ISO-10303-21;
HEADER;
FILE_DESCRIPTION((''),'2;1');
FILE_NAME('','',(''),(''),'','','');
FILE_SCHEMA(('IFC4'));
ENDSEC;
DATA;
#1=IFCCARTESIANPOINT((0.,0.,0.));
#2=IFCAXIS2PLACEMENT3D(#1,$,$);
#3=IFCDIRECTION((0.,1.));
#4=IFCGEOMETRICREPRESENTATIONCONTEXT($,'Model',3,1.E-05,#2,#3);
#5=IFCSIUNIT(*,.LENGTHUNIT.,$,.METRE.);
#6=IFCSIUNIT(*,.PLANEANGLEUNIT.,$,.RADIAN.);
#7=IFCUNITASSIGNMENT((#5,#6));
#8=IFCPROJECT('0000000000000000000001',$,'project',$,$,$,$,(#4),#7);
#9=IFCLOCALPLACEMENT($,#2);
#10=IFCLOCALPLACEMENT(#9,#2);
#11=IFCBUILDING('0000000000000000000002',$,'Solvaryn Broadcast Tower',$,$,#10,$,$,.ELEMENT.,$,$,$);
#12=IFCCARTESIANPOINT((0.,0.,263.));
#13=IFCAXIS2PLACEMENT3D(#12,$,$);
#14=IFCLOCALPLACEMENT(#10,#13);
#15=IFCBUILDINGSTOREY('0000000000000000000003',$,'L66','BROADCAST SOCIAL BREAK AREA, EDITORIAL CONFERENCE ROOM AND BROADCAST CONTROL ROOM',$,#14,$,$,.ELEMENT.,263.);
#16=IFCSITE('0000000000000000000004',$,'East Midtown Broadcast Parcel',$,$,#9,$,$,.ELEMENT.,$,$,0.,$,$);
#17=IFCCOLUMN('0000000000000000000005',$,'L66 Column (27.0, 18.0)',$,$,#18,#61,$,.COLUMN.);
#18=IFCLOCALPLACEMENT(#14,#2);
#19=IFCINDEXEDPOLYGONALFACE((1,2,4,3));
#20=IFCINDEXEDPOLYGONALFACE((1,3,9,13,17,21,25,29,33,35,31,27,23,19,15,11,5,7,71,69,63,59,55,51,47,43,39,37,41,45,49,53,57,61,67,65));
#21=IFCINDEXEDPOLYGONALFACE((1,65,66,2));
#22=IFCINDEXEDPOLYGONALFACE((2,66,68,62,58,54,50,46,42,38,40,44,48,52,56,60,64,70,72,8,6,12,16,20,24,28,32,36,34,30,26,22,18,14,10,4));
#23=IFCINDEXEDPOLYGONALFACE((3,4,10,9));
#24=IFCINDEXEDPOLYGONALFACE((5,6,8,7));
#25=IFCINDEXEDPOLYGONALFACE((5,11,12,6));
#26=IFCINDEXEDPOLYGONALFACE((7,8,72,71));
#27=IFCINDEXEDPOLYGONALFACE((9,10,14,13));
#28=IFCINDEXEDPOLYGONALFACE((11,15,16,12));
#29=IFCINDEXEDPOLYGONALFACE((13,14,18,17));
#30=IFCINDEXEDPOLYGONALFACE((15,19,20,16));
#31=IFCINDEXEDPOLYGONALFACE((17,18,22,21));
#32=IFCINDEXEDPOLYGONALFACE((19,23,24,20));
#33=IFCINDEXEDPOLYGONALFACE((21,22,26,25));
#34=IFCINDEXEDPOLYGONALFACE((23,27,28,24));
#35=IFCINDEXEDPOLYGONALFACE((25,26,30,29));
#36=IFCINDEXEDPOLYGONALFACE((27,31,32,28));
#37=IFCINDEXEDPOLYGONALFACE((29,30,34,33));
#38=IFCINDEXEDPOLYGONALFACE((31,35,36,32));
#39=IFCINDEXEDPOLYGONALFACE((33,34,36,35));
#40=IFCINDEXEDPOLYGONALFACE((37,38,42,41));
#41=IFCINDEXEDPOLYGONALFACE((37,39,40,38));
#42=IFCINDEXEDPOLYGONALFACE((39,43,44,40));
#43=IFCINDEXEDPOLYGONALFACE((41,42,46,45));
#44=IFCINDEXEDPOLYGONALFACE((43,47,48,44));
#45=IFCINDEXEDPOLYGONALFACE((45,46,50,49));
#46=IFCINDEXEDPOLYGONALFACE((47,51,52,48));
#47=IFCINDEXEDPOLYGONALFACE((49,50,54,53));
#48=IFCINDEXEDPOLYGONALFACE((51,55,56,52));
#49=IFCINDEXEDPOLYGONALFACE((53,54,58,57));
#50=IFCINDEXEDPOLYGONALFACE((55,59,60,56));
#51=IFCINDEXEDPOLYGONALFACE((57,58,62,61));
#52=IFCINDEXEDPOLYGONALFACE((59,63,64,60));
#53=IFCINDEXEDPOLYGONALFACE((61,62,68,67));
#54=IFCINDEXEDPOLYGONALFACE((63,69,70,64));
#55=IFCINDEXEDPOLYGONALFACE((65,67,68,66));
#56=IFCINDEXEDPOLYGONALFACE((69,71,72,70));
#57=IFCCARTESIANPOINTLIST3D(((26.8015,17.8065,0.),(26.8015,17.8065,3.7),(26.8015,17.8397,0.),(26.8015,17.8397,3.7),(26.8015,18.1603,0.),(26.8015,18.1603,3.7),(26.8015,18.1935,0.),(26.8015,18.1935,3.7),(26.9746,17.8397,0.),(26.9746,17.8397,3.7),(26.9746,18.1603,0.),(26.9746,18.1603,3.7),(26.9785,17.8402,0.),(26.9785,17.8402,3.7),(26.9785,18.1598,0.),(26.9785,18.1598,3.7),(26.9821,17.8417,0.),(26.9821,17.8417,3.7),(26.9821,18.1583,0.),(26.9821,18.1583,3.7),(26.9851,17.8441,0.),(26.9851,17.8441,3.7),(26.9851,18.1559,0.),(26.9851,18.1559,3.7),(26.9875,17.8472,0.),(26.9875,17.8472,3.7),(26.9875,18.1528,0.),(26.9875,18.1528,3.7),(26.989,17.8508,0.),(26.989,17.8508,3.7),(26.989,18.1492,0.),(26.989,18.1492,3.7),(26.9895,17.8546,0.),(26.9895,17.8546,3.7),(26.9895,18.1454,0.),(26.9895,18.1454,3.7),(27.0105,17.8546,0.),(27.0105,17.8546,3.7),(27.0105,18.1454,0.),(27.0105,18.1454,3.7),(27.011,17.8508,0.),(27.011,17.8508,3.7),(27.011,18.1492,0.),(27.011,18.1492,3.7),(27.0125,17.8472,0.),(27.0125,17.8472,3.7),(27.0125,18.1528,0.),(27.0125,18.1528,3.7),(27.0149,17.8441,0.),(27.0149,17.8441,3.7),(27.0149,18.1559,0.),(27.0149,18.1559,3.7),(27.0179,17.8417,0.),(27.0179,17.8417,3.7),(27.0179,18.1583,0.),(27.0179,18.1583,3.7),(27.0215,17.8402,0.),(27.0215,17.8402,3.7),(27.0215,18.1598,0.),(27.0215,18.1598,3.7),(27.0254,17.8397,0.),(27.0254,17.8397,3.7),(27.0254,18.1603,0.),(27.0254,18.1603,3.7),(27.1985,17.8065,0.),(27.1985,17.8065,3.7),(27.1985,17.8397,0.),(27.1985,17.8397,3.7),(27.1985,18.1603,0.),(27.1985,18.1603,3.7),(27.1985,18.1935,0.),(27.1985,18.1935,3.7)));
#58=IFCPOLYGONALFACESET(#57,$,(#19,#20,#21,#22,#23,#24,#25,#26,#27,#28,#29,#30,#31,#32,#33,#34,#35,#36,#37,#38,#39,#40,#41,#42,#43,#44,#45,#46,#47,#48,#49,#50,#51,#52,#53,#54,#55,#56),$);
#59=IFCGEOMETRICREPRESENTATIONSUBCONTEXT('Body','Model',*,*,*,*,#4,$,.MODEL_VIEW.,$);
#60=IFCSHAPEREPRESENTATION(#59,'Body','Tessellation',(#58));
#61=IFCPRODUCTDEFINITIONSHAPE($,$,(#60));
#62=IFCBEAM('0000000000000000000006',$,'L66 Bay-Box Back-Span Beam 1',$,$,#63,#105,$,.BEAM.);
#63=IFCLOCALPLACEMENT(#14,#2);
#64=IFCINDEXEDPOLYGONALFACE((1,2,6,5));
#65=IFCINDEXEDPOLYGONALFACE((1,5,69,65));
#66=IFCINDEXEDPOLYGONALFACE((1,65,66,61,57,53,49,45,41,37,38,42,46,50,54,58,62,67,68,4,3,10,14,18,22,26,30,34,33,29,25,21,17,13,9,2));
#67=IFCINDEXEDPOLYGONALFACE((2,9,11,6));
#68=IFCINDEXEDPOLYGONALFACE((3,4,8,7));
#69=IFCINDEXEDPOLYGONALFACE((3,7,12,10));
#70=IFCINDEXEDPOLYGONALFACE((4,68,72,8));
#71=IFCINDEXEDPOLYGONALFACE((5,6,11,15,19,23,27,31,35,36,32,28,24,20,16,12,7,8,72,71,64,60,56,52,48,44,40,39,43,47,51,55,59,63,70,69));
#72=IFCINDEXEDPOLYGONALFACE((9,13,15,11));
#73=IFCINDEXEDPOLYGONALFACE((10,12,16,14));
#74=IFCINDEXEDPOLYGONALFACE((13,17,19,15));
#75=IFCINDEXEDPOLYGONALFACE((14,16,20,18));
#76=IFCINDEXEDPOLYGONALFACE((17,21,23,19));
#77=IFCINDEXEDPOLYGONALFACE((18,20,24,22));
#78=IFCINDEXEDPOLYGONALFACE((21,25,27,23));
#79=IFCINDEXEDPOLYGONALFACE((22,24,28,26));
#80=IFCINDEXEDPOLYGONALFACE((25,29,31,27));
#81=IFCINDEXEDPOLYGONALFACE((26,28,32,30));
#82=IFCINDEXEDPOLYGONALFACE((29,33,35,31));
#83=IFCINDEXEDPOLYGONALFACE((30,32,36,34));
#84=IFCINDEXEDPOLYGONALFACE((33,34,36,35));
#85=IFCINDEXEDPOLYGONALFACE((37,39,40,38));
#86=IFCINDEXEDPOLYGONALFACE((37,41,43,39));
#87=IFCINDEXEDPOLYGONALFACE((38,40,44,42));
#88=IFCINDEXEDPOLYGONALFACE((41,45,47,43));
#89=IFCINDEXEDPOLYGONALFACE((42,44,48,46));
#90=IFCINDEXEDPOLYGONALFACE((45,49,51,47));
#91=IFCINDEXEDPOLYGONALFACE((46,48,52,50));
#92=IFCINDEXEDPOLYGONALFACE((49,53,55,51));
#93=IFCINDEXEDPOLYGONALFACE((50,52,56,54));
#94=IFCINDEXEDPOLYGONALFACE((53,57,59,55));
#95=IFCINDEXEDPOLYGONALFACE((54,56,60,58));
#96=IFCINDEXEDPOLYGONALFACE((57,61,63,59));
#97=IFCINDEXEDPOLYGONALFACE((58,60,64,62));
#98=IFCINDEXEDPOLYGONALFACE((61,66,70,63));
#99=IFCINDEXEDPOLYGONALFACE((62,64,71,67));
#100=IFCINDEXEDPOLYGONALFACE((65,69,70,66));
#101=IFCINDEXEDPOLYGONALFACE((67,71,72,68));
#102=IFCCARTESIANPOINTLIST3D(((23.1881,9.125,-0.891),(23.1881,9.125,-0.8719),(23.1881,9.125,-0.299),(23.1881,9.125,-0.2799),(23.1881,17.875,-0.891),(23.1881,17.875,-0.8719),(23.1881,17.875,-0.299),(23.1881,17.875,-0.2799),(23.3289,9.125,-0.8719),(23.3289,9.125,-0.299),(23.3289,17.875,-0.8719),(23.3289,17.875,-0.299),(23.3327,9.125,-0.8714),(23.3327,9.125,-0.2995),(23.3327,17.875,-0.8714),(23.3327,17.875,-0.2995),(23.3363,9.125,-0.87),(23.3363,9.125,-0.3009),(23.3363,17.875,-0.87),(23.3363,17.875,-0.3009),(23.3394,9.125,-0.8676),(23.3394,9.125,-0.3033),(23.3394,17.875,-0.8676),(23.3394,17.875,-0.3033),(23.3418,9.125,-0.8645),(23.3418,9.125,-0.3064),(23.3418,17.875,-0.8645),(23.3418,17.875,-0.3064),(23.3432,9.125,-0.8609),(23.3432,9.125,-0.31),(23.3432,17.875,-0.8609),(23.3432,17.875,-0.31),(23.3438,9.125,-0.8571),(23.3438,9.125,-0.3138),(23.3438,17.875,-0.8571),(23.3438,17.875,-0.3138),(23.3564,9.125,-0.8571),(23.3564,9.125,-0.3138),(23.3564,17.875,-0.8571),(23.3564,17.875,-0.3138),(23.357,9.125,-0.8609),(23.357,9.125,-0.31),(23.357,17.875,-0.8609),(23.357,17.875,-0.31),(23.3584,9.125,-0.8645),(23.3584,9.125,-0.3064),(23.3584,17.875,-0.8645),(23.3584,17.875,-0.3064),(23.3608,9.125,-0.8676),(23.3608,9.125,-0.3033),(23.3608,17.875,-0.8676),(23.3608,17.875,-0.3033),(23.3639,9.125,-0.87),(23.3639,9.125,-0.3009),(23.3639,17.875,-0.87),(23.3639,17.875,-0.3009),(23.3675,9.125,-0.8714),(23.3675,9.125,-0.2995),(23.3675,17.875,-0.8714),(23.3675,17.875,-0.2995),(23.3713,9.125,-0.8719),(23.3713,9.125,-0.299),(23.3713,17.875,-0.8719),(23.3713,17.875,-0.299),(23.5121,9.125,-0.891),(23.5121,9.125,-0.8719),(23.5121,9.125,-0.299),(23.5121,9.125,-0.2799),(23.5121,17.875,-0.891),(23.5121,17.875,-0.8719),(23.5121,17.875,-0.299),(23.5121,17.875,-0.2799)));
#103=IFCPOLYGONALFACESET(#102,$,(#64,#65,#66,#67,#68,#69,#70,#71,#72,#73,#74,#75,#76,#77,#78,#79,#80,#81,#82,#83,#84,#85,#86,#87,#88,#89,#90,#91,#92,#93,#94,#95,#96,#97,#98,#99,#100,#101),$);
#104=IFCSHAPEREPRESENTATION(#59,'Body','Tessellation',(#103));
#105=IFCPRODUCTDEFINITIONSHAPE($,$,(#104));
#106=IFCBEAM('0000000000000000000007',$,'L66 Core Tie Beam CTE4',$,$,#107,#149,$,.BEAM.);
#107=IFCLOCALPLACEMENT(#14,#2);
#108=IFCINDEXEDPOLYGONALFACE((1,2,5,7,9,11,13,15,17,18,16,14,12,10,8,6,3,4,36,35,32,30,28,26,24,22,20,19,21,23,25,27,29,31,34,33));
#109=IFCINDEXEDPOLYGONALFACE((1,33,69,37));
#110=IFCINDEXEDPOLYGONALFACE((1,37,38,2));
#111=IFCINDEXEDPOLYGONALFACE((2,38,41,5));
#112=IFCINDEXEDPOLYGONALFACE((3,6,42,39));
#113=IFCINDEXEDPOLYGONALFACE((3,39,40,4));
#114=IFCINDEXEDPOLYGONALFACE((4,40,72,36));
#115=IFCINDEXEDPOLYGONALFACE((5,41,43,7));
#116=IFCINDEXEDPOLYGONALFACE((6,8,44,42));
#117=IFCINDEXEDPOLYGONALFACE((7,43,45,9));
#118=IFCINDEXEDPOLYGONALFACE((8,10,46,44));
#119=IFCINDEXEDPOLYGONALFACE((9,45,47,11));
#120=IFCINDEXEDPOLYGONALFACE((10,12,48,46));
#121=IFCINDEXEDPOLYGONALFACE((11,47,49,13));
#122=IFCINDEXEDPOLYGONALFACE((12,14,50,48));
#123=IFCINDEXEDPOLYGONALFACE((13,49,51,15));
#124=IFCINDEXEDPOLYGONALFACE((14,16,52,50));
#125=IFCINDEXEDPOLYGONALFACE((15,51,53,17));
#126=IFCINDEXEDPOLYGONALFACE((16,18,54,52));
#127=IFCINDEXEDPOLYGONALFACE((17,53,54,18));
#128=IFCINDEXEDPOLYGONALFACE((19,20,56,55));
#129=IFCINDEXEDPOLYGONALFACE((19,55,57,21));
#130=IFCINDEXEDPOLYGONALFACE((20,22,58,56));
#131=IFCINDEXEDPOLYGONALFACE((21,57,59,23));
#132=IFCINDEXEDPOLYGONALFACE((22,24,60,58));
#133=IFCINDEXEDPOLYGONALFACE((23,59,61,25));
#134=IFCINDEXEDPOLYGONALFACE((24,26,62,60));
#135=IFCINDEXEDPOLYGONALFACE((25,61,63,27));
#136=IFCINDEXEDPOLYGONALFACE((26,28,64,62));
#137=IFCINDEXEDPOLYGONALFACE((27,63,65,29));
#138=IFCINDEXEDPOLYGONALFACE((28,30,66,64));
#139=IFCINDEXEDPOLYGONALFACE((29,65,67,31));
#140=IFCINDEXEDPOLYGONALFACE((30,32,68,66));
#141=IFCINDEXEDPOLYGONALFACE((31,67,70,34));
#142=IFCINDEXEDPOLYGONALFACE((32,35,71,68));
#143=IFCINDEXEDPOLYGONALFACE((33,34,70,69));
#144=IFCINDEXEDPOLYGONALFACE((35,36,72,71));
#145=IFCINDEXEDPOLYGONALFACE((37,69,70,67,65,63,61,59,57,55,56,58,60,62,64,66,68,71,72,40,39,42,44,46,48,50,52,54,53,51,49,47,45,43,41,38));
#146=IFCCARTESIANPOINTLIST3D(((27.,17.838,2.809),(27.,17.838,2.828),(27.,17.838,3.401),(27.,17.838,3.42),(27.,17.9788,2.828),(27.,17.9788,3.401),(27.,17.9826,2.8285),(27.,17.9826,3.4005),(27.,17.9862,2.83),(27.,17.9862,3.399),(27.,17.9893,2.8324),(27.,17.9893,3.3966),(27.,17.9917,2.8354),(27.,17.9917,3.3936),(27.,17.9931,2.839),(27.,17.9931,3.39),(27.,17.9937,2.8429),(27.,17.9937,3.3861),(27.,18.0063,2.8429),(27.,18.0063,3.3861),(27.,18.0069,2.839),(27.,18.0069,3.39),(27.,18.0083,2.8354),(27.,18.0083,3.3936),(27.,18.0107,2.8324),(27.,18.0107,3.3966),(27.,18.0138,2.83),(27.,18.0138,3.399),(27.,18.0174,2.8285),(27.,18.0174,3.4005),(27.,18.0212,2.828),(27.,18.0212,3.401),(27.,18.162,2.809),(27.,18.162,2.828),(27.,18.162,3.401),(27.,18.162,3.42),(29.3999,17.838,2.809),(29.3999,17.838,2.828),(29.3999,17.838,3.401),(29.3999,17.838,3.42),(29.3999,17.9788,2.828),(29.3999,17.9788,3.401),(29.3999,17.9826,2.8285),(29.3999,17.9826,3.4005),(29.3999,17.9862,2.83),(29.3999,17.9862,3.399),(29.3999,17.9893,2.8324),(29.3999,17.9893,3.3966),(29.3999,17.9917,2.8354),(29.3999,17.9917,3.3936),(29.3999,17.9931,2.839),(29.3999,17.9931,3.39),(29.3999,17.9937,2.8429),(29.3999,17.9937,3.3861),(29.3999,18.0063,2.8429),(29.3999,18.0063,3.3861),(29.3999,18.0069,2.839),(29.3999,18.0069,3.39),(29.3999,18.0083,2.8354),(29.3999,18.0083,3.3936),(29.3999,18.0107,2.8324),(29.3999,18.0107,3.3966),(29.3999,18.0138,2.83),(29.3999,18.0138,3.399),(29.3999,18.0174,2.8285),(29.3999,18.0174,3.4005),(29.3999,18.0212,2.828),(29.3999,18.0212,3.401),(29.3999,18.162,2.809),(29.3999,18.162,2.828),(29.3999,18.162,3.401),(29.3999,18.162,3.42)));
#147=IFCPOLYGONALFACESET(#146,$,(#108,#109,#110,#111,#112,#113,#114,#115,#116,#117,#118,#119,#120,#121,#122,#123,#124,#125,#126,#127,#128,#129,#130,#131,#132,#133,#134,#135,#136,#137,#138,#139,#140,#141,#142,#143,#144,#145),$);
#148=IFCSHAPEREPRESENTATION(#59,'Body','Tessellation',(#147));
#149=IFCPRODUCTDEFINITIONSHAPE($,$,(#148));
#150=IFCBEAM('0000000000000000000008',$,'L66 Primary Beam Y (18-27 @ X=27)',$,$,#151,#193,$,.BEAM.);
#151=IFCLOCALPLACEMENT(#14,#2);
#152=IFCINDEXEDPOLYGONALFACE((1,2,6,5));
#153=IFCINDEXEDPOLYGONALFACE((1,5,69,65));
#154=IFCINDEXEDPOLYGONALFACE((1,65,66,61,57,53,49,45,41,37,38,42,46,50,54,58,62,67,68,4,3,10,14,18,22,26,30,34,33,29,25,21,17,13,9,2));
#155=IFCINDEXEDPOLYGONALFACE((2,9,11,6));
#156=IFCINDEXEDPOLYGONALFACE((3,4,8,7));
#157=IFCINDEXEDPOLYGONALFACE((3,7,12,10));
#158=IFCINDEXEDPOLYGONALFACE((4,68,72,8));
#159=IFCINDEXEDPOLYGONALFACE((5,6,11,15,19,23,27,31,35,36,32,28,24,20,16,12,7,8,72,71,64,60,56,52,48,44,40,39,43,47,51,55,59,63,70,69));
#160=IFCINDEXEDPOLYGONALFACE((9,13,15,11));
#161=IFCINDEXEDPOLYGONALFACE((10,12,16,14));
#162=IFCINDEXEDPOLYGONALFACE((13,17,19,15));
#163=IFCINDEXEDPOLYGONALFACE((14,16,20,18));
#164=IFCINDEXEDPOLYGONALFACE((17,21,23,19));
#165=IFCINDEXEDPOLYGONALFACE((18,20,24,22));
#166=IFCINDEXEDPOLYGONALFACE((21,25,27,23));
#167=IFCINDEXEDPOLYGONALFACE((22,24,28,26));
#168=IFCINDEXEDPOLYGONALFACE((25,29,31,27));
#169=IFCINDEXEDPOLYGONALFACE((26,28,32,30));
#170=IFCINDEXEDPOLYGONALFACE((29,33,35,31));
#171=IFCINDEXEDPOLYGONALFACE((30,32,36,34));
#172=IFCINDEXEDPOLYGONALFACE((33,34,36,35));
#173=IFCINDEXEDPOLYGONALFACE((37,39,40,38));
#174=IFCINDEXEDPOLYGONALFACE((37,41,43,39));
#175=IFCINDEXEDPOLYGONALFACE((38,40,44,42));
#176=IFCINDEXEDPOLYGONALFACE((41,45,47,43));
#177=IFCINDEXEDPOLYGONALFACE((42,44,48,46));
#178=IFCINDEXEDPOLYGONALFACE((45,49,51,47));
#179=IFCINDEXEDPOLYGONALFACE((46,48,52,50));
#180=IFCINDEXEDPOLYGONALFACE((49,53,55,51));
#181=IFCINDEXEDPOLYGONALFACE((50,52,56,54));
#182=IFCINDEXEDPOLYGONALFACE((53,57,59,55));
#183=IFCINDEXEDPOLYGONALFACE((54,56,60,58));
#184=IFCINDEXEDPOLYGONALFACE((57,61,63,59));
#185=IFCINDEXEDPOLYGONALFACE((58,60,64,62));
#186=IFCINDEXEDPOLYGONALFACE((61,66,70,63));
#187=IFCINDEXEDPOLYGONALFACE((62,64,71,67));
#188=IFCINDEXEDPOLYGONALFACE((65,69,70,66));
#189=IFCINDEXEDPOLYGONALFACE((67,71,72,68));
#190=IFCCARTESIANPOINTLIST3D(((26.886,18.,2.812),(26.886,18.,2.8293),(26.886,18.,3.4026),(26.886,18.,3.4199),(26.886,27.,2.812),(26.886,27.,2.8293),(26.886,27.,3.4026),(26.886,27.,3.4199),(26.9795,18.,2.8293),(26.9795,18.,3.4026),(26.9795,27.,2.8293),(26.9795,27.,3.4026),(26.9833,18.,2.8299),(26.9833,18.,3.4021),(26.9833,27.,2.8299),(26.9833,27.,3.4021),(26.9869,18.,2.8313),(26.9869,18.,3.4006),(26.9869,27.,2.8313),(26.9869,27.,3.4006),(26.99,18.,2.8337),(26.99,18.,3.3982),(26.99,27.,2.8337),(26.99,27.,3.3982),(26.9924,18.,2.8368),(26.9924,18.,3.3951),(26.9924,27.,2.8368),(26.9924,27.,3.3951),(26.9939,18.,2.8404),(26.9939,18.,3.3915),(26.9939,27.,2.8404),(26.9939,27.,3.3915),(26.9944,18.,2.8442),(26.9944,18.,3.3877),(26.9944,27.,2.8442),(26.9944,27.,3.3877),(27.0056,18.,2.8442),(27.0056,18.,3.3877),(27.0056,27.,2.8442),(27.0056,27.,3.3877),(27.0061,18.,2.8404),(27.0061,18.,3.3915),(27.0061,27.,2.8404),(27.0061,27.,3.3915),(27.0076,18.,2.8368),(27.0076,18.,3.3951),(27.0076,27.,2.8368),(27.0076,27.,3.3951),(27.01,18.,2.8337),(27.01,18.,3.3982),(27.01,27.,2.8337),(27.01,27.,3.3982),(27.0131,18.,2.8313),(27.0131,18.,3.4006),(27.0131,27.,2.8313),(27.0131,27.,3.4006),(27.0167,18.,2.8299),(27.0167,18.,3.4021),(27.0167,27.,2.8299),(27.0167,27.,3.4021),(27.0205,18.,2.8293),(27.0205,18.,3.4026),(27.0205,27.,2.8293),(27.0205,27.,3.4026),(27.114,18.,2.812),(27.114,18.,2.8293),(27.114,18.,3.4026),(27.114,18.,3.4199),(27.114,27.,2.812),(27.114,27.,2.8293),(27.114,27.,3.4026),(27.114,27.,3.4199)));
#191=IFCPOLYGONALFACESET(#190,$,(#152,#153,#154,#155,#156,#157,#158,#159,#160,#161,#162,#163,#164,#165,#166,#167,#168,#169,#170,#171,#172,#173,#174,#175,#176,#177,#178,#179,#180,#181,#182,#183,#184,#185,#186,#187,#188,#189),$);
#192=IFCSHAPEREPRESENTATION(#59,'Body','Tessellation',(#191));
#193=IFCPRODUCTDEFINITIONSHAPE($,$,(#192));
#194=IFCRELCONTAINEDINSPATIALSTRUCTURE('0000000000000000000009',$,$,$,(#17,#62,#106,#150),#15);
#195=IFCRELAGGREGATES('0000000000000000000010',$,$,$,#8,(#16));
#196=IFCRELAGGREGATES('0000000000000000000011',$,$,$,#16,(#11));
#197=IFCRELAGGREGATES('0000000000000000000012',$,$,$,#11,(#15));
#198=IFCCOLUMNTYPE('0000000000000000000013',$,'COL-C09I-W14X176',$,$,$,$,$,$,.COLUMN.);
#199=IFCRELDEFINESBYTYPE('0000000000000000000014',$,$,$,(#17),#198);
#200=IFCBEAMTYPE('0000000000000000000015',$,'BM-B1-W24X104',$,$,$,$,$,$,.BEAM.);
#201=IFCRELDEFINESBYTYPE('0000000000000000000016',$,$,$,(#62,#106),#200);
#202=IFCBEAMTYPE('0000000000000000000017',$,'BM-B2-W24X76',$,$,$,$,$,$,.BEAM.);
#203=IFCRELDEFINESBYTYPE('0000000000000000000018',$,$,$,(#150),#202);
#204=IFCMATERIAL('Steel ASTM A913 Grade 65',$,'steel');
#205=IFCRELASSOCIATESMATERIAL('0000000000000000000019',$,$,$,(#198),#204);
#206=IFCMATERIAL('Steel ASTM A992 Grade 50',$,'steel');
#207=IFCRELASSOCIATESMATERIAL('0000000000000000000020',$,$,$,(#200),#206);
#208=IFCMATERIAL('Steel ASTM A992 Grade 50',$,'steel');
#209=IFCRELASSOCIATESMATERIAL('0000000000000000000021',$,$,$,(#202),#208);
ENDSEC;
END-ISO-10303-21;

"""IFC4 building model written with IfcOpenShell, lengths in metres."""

from ifc_helpers import new_model, si_unit, direction, frame, origin, origin_2d, place, context, subcontext, project, spatial, i_section, extrude, material, material_profile, profile_set, type_object, element, save


model = new_model("IFC4")

# Units and contexts
model_context = context("Model", 3, precision=1e-05, world=origin(), true_north=direction((0.0, 1.0)))
body_context = subcontext(model_context, "Body", "Model", "MODEL_VIEW")
ifc_project = project(units=[si_unit("LENGTHUNIT", "METRE"), si_unit("PLANEANGLEUNIT", "RADIAN")], contexts=[model_context])

# Site, building, storey
site_placement = place(None, origin())
site = spatial("IfcSite", under=ifc_project, at=site_placement, Name="East Midtown Broadcast Parcel", CompositionType="ELEMENT", RefElevation=0.0)
building_placement = place(site_placement, origin())
building = spatial("IfcBuilding", under=site, at=building_placement, Name="Solvaryn Broadcast Tower", CompositionType="ELEMENT")
storey_placement = place(building_placement, frame((0.0, 0.0, 263.0)))
storey = spatial("IfcBuildingStorey", under=building, at=storey_placement, Name="L66", Description="BROADCAST SOCIAL BREAK AREA, EDITORIAL CONFERENCE ROOM AND BROADCAST CONTROL ROOM", CompositionType="ELEMENT", Elevation=263.0)

# Column
ifc_material_1 = material(Name="Steel ASTM A913 Grade 65", Category="steel")
ifc_material_profile_1 = material_profile(ifc_material_1, i_section(OverallWidth=0.397, OverallDepth=0.387, WebThickness=0.021, FlangeThickness=0.0332, FilletRadius=0.0149, at=origin_2d()))
ifc_profile_set_1 = profile_set([ifc_material_profile_1], Name="Steel ASTM A913 Grade 65")
column_type = type_object("IfcColumnType", Name="COL-C09I-W14X176", PredefinedType="COLUMN", material=ifc_profile_set_1)
column_placement = place(storey_placement, frame((27.0, 18.0, 0.0), z_axis=(0.0, 0.0, 1.0), x_axis=(1.0, 0.0, 0.0)))
element("IfcColumn", 1, at=column_placement, inside=storey, type_object=column_type, Name="L66 Column (27.0, 18.0)", PredefinedType="COLUMN", context=body_context, shape_type="SweptSolid", body=[
    extrude(i_section(OverallWidth=0.397, OverallDepth=0.387, WebThickness=0.021, FlangeThickness=0.0332, FilletRadius=0.0149, at=origin_2d()), origin(), (0.0, 0.0, 1.0), 3.7),
])

# Beams
ifc_material_2 = material(Name="Steel ASTM A992 Grade 50", Category="steel")
ifc_material_profile_2 = material_profile(ifc_material_2, i_section(OverallWidth=0.324, OverallDepth=0.6111, WebThickness=0.0127, FlangeThickness=0.019, FilletRadius=0.0149, at=origin_2d()))
ifc_profile_set_2 = profile_set([ifc_material_profile_2], Name="Steel ASTM A992 Grade 50")
beam_type_1 = type_object("IfcBeamType", Name="BM-B1-W24X104", PredefinedType="BEAM", material=ifc_profile_set_2)
beam_1_placement = place(storey_placement, frame((23.3501, 17.875, -0.5854), z_axis=(0.0, -1.0, 0.0), x_axis=(1.0, 0.0, 0.0)))
element("IfcBeam", 2, at=beam_1_placement, inside=storey, type_object=beam_type_1, Name="L66 Bay-Box Back-Span Beam 1", PredefinedType="BEAM", context=body_context, shape_type="SweptSolid", body=[
    extrude(i_section(OverallWidth=0.324, OverallDepth=0.6111, WebThickness=0.0127, FlangeThickness=0.019, FilletRadius=0.0149, at=origin_2d()), origin(), (0.0, 0.0, 1.0), 8.75),
])
beam_2_placement = place(storey_placement, frame((27.0, 18.0, 3.1145), z_axis=(1.0, 0.0, 0.0), x_axis=(0.0, 1.0, 0.0)))
element("IfcBeam", 3, at=beam_2_placement, inside=storey, type_object=beam_type_1, Name="L66 Core Tie Beam CTE4", PredefinedType="BEAM", context=body_context, shape_type="SweptSolid", body=[
    extrude(i_section(OverallWidth=0.324, OverallDepth=0.6111, WebThickness=0.0127, FlangeThickness=0.019, FilletRadius=0.0149, at=origin_2d()), origin(), (0.0, 0.0, 1.0), 2.3999),
])
ifc_material_3 = material(Name="Steel ASTM A992 Grade 50", Category="steel")
ifc_material_profile_3 = material_profile(ifc_material_3, i_section(OverallWidth=0.228, OverallDepth=0.6079, WebThickness=0.0112, FlangeThickness=0.0173, FilletRadius=0.0149, at=origin_2d()))
ifc_profile_set_3 = profile_set([ifc_material_profile_3], Name="Steel ASTM A992 Grade 50")
beam_type_2 = type_object("IfcBeamType", Name="BM-B2-W24X76", PredefinedType="BEAM", material=ifc_profile_set_3)
beam_3_placement = place(storey_placement, frame((27.0, 18.0, 3.116), z_axis=(0.0, 1.0, 0.0), x_axis=(-1.0, 0.0, 0.0)))
element("IfcBeam", 4, at=beam_3_placement, inside=storey, type_object=beam_type_2, Name="L66 Primary Beam Y (18-27 @ X=27)", PredefinedType="BEAM", context=body_context, shape_type="SweptSolid", body=[
    extrude(i_section(OverallWidth=0.228, OverallDepth=0.6079, WebThickness=0.0112, FlangeThickness=0.0173, FilletRadius=0.0149, at=origin_2d()), origin(), (0.0, 0.0, 1.0), 9.0),
])

save(model, "model.ifc")
